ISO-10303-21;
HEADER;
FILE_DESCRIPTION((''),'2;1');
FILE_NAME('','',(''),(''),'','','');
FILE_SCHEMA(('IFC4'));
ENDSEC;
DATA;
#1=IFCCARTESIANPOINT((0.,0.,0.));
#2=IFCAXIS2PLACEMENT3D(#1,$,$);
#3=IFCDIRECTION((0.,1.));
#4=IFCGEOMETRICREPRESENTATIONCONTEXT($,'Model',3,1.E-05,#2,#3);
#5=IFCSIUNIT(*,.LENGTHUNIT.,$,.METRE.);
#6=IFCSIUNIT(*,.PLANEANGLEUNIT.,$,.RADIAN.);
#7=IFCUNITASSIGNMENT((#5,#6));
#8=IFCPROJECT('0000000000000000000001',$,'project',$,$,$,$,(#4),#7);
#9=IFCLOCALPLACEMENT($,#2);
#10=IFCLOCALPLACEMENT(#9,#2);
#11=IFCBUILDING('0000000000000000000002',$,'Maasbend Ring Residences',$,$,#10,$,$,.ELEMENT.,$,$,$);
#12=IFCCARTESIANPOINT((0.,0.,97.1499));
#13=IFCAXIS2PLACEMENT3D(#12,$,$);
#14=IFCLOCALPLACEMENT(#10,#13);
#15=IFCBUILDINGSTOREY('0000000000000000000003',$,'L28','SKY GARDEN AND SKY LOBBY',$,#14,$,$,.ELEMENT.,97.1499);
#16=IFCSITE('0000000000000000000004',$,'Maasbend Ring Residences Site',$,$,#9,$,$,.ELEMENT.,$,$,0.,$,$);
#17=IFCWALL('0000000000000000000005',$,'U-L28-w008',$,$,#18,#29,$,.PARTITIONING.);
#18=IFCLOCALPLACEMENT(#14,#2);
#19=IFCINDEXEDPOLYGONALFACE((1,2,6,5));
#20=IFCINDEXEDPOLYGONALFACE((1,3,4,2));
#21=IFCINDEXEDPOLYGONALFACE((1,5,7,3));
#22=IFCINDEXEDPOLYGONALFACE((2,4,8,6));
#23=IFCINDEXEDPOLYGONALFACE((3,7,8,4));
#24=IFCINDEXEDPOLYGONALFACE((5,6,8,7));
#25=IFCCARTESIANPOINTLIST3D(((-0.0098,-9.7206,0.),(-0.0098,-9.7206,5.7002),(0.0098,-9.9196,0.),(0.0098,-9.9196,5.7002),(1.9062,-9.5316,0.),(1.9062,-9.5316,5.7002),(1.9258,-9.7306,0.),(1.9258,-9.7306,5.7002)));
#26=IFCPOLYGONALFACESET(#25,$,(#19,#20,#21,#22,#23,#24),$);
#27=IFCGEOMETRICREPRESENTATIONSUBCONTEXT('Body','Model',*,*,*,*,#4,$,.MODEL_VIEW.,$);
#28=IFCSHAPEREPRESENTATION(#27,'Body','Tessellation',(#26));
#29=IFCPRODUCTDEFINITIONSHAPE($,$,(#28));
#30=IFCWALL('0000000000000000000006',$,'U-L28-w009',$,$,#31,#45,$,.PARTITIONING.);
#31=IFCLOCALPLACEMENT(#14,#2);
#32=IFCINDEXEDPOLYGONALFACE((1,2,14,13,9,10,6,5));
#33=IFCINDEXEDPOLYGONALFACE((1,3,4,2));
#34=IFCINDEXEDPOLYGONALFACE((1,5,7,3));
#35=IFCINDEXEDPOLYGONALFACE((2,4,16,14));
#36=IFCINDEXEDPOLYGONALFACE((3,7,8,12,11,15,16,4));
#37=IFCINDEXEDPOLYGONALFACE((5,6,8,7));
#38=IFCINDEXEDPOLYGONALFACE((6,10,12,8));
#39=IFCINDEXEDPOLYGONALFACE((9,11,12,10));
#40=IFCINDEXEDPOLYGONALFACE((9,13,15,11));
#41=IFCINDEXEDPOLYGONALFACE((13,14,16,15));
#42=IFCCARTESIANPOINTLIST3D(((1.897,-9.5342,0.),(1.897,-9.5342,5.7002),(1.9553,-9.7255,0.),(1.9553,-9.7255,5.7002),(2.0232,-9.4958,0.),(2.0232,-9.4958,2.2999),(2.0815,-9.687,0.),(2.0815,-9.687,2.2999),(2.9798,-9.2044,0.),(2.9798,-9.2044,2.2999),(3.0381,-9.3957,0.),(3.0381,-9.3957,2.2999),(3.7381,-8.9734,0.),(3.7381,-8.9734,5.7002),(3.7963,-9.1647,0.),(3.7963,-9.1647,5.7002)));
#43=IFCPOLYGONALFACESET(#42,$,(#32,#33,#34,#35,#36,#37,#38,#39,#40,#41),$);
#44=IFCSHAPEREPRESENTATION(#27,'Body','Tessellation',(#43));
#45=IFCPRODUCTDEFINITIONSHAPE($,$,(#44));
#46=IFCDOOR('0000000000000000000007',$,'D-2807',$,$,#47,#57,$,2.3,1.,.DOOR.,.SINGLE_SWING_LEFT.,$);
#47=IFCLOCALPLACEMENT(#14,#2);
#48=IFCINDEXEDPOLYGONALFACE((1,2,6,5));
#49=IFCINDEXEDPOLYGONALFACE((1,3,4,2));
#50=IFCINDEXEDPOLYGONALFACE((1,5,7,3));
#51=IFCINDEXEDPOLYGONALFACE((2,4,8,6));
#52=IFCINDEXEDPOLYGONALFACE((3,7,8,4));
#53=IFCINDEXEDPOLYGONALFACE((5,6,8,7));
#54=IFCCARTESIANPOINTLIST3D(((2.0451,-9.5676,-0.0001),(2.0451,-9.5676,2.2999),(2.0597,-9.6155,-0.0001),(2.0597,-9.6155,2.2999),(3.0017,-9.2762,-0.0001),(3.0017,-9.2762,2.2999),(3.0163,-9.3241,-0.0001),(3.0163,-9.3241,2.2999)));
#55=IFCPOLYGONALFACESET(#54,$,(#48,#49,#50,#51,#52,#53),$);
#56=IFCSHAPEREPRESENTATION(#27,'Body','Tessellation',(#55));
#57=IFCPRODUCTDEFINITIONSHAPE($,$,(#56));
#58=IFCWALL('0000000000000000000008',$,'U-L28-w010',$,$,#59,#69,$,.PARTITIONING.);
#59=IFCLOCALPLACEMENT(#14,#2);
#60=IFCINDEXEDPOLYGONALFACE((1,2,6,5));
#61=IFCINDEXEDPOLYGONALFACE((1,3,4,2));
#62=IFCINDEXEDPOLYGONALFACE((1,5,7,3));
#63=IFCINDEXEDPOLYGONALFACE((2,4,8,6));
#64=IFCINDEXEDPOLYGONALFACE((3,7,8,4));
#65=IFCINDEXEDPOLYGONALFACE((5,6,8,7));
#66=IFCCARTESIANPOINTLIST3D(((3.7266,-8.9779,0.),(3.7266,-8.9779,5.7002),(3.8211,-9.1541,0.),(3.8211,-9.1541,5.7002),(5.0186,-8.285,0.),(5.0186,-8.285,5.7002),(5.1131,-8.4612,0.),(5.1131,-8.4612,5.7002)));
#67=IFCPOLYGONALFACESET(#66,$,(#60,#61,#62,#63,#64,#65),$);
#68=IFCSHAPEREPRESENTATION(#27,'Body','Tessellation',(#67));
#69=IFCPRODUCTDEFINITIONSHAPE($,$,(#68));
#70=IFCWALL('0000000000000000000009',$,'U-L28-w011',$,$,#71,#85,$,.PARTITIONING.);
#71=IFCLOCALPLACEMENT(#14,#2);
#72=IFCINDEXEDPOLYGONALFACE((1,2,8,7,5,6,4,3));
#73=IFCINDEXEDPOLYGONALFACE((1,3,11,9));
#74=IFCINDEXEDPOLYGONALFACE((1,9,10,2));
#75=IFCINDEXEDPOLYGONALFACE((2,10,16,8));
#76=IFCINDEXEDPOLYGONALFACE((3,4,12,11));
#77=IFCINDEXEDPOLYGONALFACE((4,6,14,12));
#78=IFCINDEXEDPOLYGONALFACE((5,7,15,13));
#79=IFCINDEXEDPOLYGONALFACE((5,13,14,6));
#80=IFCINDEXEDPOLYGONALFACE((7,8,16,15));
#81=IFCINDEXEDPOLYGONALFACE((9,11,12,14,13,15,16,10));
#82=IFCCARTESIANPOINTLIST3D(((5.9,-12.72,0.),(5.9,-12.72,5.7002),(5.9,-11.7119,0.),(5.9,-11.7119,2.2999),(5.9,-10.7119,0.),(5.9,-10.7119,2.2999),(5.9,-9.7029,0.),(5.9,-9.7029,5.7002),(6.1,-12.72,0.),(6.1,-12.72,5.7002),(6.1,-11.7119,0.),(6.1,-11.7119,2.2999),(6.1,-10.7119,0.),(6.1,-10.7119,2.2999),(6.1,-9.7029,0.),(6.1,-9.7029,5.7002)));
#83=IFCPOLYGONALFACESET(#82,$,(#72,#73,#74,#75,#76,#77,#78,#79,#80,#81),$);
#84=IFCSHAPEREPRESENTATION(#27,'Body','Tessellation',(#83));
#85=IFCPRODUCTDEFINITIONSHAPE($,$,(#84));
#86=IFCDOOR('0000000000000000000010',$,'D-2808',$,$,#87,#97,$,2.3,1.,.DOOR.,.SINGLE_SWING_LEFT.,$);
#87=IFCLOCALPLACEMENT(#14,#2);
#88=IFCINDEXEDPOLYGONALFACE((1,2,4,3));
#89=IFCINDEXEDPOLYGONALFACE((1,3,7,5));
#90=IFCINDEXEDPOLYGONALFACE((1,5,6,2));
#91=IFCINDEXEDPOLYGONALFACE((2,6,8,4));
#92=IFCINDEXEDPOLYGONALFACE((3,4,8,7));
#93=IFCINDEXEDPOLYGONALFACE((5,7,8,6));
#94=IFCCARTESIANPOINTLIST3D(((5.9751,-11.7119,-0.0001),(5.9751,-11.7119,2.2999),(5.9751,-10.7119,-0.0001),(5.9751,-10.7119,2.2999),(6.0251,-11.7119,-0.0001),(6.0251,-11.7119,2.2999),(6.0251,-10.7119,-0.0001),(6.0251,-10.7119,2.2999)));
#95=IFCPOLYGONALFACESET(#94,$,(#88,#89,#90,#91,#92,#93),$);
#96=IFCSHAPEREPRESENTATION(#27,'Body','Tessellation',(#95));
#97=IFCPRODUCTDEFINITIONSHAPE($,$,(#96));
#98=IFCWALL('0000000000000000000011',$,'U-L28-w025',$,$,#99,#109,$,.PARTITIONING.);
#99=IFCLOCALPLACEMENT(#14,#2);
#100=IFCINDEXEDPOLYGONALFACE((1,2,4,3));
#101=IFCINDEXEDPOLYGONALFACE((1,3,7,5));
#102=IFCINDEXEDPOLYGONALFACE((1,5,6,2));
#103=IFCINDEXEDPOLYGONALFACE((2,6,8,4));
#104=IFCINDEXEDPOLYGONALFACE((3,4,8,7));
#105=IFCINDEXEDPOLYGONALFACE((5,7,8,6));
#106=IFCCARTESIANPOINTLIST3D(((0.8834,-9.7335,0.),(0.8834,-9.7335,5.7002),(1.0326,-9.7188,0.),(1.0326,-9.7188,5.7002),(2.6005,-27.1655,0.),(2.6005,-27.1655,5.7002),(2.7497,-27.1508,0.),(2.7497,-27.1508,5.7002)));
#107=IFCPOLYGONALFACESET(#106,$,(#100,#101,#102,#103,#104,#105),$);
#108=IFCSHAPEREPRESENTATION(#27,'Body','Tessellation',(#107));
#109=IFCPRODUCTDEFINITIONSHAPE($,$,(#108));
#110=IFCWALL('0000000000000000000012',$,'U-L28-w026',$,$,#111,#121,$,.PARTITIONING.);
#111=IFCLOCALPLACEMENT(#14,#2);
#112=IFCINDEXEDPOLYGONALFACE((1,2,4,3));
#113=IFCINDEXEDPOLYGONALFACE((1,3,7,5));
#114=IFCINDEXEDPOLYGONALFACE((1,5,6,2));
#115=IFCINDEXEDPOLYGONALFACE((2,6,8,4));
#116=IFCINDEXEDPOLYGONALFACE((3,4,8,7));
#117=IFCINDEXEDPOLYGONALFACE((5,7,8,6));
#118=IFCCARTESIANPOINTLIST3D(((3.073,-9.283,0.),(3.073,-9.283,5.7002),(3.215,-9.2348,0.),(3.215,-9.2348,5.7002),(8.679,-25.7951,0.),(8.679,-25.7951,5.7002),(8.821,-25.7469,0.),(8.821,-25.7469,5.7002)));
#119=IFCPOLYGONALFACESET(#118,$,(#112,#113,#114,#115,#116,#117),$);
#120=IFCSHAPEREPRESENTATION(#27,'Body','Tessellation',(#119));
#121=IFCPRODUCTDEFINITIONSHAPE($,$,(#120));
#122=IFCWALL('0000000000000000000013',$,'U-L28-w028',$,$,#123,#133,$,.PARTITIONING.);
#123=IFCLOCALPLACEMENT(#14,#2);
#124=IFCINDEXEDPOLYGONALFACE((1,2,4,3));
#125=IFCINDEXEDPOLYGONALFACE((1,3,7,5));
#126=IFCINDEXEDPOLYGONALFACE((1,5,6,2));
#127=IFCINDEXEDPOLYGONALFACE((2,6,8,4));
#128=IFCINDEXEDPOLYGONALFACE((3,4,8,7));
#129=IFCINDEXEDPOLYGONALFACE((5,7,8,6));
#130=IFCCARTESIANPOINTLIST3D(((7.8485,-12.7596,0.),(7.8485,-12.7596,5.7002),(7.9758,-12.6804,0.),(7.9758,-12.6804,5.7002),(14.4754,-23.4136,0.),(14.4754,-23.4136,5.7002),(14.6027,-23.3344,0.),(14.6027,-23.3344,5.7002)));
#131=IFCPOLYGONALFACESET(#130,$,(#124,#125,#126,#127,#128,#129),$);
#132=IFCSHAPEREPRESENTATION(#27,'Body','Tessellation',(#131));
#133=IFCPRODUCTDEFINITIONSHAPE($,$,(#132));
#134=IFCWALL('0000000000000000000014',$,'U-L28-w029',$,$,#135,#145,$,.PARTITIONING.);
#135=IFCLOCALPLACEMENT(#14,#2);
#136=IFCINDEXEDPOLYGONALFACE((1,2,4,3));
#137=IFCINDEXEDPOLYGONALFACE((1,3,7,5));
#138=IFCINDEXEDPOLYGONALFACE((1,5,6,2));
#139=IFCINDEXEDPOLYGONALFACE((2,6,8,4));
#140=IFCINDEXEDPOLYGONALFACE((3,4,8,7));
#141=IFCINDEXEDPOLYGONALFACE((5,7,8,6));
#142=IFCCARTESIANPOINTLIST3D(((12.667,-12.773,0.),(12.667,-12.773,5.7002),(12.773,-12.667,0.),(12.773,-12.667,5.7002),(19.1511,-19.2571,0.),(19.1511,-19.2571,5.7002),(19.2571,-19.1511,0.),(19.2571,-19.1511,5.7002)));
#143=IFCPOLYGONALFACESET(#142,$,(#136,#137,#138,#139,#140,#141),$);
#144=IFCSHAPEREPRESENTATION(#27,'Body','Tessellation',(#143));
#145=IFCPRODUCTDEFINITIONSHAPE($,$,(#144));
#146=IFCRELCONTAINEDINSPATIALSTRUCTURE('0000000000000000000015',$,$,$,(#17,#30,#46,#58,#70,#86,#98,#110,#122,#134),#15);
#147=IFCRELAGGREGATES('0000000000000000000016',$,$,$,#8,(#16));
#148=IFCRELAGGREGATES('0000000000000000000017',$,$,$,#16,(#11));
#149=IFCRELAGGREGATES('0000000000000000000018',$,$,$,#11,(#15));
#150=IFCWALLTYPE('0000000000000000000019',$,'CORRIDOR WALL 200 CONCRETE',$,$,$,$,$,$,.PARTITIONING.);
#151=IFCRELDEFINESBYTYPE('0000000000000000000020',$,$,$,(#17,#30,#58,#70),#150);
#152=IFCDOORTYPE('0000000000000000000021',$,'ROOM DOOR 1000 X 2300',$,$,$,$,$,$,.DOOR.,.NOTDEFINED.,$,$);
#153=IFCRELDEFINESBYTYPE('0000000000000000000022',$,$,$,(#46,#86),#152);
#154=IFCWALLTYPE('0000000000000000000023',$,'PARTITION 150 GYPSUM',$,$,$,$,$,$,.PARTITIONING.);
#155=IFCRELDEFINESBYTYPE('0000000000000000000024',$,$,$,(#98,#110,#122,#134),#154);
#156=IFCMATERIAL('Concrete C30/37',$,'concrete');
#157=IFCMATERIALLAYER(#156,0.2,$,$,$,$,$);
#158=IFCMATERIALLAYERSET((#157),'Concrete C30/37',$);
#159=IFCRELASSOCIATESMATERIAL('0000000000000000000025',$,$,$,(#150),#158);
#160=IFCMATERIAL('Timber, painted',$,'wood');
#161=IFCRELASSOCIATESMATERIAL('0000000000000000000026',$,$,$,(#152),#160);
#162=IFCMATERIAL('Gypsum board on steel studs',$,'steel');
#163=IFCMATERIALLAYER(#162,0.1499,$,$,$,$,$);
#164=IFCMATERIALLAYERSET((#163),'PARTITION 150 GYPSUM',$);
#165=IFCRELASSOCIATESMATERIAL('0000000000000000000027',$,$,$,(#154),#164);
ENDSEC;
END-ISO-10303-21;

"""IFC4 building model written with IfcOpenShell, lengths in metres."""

from ifc_helpers import new_model, si_unit, direction, frame, frame_2d, origin, place, context, subcontext, project, spatial, rectangle, extrude, material, layer, layer_set, type_object, element, fill, save


model = new_model("IFC4")

# Units and contexts
model_context = context("Model", 3, precision=1e-05, world=origin(), true_north=direction((0.0, 1.0)))
body_context = subcontext(model_context, "Body", "Model", "MODEL_VIEW")
ifc_project = project(units=[si_unit("LENGTHUNIT", "METRE"), si_unit("PLANEANGLEUNIT", "RADIAN")], contexts=[model_context])

# Site, building, storey
site_placement = place(None, origin())
site = spatial("IfcSite", under=ifc_project, at=site_placement, Name="Maasbend Ring Residences Site", CompositionType="ELEMENT", RefElevation=0.0)
building_placement = place(site_placement, origin())
building = spatial("IfcBuilding", under=site, at=building_placement, Name="Maasbend Ring Residences", CompositionType="ELEMENT")
storey_placement = place(building_placement, frame((0.0, 0.0, 97.1499)))
storey = spatial("IfcBuildingStorey", under=building, at=storey_placement, Name="L28", Description="SKY GARDEN AND SKY LOBBY", CompositionType="ELEMENT", Elevation=97.1499)

# Shared definitions
ifc_material_1 = material(Name="Concrete C30/37", Category="concrete")
ifc_layer_1 = layer(ifc_material_1, 0.2)
ifc_layer_set_1 = layer_set([ifc_layer_1], Name="Concrete C30/37")
wall_type_1 = type_object("IfcWallType", Name="CORRIDOR WALL 200 CONCRETE", PredefinedType="PARTITIONING", material=ifc_layer_set_1)
ifc_material_2 = material(Name="Timber, painted", Category="wood")
door_type_1 = type_object("IfcDoorType", Name="ROOM DOOR 1000 X 2300", OperationType="NOTDEFINED", PredefinedType="DOOR", material=ifc_material_2)

# Wall
wall_1_placement = place(storey_placement, frame((0.0, -9.8201, 0.0), z_axis=(0.0, 0.0, 1.0), x_axis=(0.995172, 0.098148, 0.0)))
element("IfcWall", 1, at=wall_1_placement, inside=storey, type_object=wall_type_1, Name="U-L28-w008", PredefinedType="PARTITIONING", context=body_context, shape_type="SweptSolid", body=[
    extrude(rectangle(XDim=1.9253, YDim=0.2, at=frame_2d((0.9626, 0.0))), origin(), (0.0, 0.0, 1.0), 5.7002),
])

# Wall, opening, door
wall_2_placement = place(storey_placement, frame((1.926, -9.6299, 0.0), z_axis=(0.0, 0.0, 1.0), x_axis=(0.956606, 0.291384, 0.0)))
wall_2 = element("IfcWall", 2, at=wall_2_placement, inside=storey, type_object=wall_type_1, Name="U-L28-w009", PredefinedType="PARTITIONING", context=body_context, shape_type="SweptSolid", body=[
    extrude(rectangle(XDim=1.9246, YDim=0.2, at=frame_2d((0.9624, 0.0))), origin(), (0.0, 0.0, 1.0), 5.7002),
])
opening_1_placement = place(wall_2_placement, frame((0.1321, 0.0, 0.0)))
opening_1 = element("IfcOpeningElement", 3, at=opening_1_placement, cuts=wall_2, PredefinedType="OPENING", context=body_context, shape_type="SweptSolid", body=[
    extrude(rectangle(XDim=1.0, YDim=2.3, at=frame_2d((0.5, 1.1499))), frame((0.0, 0.1099, 0.0), z_axis=(0.0, -1.0, 0.0), x_axis=(1.0, 0.0, 0.0)), (0.0, 0.0, 1.0), 0.22),
])
door_1_placement = place(opening_1_placement, origin())
door_1 = element("IfcDoor", 4, at=door_1_placement, inside=storey, type_object=door_type_1, Name="D-2807", OperationType="SINGLE_SWING_LEFT", OverallHeight=2.3, OverallWidth=1.0, PredefinedType="DOOR", context=body_context, shape_type="SweptSolid", body=[
    extrude(rectangle(XDim=1.0, YDim=2.3, at=frame_2d((0.5, 1.1499))), frame((0.0, 0.0249, 0.0), z_axis=(0.0, -1.0, 0.0), x_axis=(1.0, 0.0, 0.0)), (0.0, 0.0, 1.0), 0.05),
])
fill(opening_1, door_1)

# Wall
wall_3_placement = place(storey_placement, frame((3.7739, -9.0659, 0.0), z_axis=(0.0, 0.0, 1.0), x_axis=(0.881272, 0.47261, 0.0)))
element("IfcWall", 5, at=wall_3_placement, inside=storey, type_object=wall_type_1, Name="U-L28-w010", PredefinedType="PARTITIONING", context=body_context, shape_type="SweptSolid", body=[
    extrude(rectangle(XDim=1.4661, YDim=0.2, at=frame_2d((0.7329, 0.0))), origin(), (0.0, 0.0, 1.0), 5.7002),
])

# Wall, opening, door
wall_4_placement = place(storey_placement, frame((6.0, -12.72, 0.0), z_axis=(0.0, 0.0, 1.0), x_axis=(0.0, 1.0, 0.0)))
wall_4 = element("IfcWall", 6, at=wall_4_placement, inside=storey, type_object=wall_type_1, Name="U-L28-w011", PredefinedType="PARTITIONING", context=body_context, shape_type="SweptSolid", body=[
    extrude(rectangle(XDim=3.0171, YDim=0.2, at=frame_2d((1.5085, 0.0))), origin(), (0.0, 0.0, 1.0), 5.7002),
])
opening_2_placement = place(wall_4_placement, frame((1.0081, 0.0, 0.0)))
opening_2 = element("IfcOpeningElement", 7, at=opening_2_placement, cuts=wall_4, PredefinedType="OPENING", context=body_context, shape_type="SweptSolid", body=[
    extrude(rectangle(XDim=1.0, YDim=2.3, at=frame_2d((0.5, 1.1499))), frame((0.0, 0.1099, 0.0), z_axis=(0.0, -1.0, 0.0), x_axis=(1.0, 0.0, 0.0)), (0.0, 0.0, 1.0), 0.22),
])
door_2_placement = place(opening_2_placement, origin())
door_2 = element("IfcDoor", 8, at=door_2_placement, inside=storey, type_object=door_type_1, Name="D-2808", OperationType="SINGLE_SWING_LEFT", OverallHeight=2.3, OverallWidth=1.0, PredefinedType="DOOR", context=body_context, shape_type="SweptSolid", body=[
    extrude(rectangle(XDim=1.0, YDim=2.3, at=frame_2d((0.5, 1.1499))), frame((0.0, 0.0249, 0.0), z_axis=(0.0, -1.0, 0.0), x_axis=(1.0, 0.0, 0.0)), (0.0, 0.0, 1.0), 0.05),
])
fill(opening_2, door_2)

# Walls
ifc_material_3 = material(Name="Gypsum board on steel studs", Category="steel")
ifc_layer_2 = layer(ifc_material_3, 0.1499)
ifc_layer_set_2 = layer_set([ifc_layer_2], Name="PARTITION 150 GYPSUM")
wall_type_2 = type_object("IfcWallType", Name="PARTITION 150 GYPSUM", PredefinedType="PARTITIONING", material=ifc_layer_set_2)
wall_5_placement = place(storey_placement, frame((0.958, -9.7261, 0.0), z_axis=(0.0, 0.0, 1.0), x_axis=(0.098026, -0.995184, 0.0)))
element("IfcWall", 9, at=wall_5_placement, inside=storey, type_object=wall_type_2, Name="U-L28-w025", PredefinedType="PARTITIONING", context=body_context, shape_type="SweptSolid", body=[
    extrude(rectangle(XDim=17.5164, YDim=0.1499, at=frame_2d((8.7583, 0.0))), origin(), (0.0, 0.0, 1.0), 5.7002),
])
wall_6_placement = place(storey_placement, frame((3.144, -9.259, 0.0), z_axis=(0.0, 0.0, 1.0), x_axis=(0.321486, -0.946914, 0.0)))
element("IfcWall", 10, at=wall_6_placement, inside=storey, type_object=wall_type_2, Name="U-L28-w026", PredefinedType="PARTITIONING", context=body_context, shape_type="SweptSolid", body=[
    extrude(rectangle(XDim=17.4377, YDim=0.1499, at=frame_2d((8.7188, 0.0))), origin(), (0.0, 0.0, 1.0), 5.7002),
])
wall_7_placement = place(storey_placement, frame((7.9121, -12.72, 0.0), z_axis=(0.0, 0.0, 1.0), x_axis=(0.528173, -0.849137, 0.0)))
element("IfcWall", 11, at=wall_7_placement, inside=storey, type_object=wall_type_2, Name="U-L28-w028", PredefinedType="PARTITIONING", context=body_context, shape_type="SweptSolid", body=[
    extrude(rectangle(XDim=12.5469, YDim=0.1499, at=frame_2d((6.2734, 0.0))), origin(), (0.0, 0.0, 1.0), 5.7002),
])
wall_8_placement = place(storey_placement, frame((12.72, -12.72, 0.0), z_axis=(0.0, 0.0, 1.0), x_axis=(0.707107, -0.707107, 0.0)))
element("IfcWall", 12, at=wall_8_placement, inside=storey, type_object=wall_type_2, Name="U-L28-w029", PredefinedType="PARTITIONING", context=body_context, shape_type="SweptSolid", body=[
    extrude(rectangle(XDim=9.1699, YDim=0.1499, at=frame_2d((4.585, 0.0))), origin(), (0.0, 0.0, 1.0), 5.7002),
])

save(model, "model.ifc")
